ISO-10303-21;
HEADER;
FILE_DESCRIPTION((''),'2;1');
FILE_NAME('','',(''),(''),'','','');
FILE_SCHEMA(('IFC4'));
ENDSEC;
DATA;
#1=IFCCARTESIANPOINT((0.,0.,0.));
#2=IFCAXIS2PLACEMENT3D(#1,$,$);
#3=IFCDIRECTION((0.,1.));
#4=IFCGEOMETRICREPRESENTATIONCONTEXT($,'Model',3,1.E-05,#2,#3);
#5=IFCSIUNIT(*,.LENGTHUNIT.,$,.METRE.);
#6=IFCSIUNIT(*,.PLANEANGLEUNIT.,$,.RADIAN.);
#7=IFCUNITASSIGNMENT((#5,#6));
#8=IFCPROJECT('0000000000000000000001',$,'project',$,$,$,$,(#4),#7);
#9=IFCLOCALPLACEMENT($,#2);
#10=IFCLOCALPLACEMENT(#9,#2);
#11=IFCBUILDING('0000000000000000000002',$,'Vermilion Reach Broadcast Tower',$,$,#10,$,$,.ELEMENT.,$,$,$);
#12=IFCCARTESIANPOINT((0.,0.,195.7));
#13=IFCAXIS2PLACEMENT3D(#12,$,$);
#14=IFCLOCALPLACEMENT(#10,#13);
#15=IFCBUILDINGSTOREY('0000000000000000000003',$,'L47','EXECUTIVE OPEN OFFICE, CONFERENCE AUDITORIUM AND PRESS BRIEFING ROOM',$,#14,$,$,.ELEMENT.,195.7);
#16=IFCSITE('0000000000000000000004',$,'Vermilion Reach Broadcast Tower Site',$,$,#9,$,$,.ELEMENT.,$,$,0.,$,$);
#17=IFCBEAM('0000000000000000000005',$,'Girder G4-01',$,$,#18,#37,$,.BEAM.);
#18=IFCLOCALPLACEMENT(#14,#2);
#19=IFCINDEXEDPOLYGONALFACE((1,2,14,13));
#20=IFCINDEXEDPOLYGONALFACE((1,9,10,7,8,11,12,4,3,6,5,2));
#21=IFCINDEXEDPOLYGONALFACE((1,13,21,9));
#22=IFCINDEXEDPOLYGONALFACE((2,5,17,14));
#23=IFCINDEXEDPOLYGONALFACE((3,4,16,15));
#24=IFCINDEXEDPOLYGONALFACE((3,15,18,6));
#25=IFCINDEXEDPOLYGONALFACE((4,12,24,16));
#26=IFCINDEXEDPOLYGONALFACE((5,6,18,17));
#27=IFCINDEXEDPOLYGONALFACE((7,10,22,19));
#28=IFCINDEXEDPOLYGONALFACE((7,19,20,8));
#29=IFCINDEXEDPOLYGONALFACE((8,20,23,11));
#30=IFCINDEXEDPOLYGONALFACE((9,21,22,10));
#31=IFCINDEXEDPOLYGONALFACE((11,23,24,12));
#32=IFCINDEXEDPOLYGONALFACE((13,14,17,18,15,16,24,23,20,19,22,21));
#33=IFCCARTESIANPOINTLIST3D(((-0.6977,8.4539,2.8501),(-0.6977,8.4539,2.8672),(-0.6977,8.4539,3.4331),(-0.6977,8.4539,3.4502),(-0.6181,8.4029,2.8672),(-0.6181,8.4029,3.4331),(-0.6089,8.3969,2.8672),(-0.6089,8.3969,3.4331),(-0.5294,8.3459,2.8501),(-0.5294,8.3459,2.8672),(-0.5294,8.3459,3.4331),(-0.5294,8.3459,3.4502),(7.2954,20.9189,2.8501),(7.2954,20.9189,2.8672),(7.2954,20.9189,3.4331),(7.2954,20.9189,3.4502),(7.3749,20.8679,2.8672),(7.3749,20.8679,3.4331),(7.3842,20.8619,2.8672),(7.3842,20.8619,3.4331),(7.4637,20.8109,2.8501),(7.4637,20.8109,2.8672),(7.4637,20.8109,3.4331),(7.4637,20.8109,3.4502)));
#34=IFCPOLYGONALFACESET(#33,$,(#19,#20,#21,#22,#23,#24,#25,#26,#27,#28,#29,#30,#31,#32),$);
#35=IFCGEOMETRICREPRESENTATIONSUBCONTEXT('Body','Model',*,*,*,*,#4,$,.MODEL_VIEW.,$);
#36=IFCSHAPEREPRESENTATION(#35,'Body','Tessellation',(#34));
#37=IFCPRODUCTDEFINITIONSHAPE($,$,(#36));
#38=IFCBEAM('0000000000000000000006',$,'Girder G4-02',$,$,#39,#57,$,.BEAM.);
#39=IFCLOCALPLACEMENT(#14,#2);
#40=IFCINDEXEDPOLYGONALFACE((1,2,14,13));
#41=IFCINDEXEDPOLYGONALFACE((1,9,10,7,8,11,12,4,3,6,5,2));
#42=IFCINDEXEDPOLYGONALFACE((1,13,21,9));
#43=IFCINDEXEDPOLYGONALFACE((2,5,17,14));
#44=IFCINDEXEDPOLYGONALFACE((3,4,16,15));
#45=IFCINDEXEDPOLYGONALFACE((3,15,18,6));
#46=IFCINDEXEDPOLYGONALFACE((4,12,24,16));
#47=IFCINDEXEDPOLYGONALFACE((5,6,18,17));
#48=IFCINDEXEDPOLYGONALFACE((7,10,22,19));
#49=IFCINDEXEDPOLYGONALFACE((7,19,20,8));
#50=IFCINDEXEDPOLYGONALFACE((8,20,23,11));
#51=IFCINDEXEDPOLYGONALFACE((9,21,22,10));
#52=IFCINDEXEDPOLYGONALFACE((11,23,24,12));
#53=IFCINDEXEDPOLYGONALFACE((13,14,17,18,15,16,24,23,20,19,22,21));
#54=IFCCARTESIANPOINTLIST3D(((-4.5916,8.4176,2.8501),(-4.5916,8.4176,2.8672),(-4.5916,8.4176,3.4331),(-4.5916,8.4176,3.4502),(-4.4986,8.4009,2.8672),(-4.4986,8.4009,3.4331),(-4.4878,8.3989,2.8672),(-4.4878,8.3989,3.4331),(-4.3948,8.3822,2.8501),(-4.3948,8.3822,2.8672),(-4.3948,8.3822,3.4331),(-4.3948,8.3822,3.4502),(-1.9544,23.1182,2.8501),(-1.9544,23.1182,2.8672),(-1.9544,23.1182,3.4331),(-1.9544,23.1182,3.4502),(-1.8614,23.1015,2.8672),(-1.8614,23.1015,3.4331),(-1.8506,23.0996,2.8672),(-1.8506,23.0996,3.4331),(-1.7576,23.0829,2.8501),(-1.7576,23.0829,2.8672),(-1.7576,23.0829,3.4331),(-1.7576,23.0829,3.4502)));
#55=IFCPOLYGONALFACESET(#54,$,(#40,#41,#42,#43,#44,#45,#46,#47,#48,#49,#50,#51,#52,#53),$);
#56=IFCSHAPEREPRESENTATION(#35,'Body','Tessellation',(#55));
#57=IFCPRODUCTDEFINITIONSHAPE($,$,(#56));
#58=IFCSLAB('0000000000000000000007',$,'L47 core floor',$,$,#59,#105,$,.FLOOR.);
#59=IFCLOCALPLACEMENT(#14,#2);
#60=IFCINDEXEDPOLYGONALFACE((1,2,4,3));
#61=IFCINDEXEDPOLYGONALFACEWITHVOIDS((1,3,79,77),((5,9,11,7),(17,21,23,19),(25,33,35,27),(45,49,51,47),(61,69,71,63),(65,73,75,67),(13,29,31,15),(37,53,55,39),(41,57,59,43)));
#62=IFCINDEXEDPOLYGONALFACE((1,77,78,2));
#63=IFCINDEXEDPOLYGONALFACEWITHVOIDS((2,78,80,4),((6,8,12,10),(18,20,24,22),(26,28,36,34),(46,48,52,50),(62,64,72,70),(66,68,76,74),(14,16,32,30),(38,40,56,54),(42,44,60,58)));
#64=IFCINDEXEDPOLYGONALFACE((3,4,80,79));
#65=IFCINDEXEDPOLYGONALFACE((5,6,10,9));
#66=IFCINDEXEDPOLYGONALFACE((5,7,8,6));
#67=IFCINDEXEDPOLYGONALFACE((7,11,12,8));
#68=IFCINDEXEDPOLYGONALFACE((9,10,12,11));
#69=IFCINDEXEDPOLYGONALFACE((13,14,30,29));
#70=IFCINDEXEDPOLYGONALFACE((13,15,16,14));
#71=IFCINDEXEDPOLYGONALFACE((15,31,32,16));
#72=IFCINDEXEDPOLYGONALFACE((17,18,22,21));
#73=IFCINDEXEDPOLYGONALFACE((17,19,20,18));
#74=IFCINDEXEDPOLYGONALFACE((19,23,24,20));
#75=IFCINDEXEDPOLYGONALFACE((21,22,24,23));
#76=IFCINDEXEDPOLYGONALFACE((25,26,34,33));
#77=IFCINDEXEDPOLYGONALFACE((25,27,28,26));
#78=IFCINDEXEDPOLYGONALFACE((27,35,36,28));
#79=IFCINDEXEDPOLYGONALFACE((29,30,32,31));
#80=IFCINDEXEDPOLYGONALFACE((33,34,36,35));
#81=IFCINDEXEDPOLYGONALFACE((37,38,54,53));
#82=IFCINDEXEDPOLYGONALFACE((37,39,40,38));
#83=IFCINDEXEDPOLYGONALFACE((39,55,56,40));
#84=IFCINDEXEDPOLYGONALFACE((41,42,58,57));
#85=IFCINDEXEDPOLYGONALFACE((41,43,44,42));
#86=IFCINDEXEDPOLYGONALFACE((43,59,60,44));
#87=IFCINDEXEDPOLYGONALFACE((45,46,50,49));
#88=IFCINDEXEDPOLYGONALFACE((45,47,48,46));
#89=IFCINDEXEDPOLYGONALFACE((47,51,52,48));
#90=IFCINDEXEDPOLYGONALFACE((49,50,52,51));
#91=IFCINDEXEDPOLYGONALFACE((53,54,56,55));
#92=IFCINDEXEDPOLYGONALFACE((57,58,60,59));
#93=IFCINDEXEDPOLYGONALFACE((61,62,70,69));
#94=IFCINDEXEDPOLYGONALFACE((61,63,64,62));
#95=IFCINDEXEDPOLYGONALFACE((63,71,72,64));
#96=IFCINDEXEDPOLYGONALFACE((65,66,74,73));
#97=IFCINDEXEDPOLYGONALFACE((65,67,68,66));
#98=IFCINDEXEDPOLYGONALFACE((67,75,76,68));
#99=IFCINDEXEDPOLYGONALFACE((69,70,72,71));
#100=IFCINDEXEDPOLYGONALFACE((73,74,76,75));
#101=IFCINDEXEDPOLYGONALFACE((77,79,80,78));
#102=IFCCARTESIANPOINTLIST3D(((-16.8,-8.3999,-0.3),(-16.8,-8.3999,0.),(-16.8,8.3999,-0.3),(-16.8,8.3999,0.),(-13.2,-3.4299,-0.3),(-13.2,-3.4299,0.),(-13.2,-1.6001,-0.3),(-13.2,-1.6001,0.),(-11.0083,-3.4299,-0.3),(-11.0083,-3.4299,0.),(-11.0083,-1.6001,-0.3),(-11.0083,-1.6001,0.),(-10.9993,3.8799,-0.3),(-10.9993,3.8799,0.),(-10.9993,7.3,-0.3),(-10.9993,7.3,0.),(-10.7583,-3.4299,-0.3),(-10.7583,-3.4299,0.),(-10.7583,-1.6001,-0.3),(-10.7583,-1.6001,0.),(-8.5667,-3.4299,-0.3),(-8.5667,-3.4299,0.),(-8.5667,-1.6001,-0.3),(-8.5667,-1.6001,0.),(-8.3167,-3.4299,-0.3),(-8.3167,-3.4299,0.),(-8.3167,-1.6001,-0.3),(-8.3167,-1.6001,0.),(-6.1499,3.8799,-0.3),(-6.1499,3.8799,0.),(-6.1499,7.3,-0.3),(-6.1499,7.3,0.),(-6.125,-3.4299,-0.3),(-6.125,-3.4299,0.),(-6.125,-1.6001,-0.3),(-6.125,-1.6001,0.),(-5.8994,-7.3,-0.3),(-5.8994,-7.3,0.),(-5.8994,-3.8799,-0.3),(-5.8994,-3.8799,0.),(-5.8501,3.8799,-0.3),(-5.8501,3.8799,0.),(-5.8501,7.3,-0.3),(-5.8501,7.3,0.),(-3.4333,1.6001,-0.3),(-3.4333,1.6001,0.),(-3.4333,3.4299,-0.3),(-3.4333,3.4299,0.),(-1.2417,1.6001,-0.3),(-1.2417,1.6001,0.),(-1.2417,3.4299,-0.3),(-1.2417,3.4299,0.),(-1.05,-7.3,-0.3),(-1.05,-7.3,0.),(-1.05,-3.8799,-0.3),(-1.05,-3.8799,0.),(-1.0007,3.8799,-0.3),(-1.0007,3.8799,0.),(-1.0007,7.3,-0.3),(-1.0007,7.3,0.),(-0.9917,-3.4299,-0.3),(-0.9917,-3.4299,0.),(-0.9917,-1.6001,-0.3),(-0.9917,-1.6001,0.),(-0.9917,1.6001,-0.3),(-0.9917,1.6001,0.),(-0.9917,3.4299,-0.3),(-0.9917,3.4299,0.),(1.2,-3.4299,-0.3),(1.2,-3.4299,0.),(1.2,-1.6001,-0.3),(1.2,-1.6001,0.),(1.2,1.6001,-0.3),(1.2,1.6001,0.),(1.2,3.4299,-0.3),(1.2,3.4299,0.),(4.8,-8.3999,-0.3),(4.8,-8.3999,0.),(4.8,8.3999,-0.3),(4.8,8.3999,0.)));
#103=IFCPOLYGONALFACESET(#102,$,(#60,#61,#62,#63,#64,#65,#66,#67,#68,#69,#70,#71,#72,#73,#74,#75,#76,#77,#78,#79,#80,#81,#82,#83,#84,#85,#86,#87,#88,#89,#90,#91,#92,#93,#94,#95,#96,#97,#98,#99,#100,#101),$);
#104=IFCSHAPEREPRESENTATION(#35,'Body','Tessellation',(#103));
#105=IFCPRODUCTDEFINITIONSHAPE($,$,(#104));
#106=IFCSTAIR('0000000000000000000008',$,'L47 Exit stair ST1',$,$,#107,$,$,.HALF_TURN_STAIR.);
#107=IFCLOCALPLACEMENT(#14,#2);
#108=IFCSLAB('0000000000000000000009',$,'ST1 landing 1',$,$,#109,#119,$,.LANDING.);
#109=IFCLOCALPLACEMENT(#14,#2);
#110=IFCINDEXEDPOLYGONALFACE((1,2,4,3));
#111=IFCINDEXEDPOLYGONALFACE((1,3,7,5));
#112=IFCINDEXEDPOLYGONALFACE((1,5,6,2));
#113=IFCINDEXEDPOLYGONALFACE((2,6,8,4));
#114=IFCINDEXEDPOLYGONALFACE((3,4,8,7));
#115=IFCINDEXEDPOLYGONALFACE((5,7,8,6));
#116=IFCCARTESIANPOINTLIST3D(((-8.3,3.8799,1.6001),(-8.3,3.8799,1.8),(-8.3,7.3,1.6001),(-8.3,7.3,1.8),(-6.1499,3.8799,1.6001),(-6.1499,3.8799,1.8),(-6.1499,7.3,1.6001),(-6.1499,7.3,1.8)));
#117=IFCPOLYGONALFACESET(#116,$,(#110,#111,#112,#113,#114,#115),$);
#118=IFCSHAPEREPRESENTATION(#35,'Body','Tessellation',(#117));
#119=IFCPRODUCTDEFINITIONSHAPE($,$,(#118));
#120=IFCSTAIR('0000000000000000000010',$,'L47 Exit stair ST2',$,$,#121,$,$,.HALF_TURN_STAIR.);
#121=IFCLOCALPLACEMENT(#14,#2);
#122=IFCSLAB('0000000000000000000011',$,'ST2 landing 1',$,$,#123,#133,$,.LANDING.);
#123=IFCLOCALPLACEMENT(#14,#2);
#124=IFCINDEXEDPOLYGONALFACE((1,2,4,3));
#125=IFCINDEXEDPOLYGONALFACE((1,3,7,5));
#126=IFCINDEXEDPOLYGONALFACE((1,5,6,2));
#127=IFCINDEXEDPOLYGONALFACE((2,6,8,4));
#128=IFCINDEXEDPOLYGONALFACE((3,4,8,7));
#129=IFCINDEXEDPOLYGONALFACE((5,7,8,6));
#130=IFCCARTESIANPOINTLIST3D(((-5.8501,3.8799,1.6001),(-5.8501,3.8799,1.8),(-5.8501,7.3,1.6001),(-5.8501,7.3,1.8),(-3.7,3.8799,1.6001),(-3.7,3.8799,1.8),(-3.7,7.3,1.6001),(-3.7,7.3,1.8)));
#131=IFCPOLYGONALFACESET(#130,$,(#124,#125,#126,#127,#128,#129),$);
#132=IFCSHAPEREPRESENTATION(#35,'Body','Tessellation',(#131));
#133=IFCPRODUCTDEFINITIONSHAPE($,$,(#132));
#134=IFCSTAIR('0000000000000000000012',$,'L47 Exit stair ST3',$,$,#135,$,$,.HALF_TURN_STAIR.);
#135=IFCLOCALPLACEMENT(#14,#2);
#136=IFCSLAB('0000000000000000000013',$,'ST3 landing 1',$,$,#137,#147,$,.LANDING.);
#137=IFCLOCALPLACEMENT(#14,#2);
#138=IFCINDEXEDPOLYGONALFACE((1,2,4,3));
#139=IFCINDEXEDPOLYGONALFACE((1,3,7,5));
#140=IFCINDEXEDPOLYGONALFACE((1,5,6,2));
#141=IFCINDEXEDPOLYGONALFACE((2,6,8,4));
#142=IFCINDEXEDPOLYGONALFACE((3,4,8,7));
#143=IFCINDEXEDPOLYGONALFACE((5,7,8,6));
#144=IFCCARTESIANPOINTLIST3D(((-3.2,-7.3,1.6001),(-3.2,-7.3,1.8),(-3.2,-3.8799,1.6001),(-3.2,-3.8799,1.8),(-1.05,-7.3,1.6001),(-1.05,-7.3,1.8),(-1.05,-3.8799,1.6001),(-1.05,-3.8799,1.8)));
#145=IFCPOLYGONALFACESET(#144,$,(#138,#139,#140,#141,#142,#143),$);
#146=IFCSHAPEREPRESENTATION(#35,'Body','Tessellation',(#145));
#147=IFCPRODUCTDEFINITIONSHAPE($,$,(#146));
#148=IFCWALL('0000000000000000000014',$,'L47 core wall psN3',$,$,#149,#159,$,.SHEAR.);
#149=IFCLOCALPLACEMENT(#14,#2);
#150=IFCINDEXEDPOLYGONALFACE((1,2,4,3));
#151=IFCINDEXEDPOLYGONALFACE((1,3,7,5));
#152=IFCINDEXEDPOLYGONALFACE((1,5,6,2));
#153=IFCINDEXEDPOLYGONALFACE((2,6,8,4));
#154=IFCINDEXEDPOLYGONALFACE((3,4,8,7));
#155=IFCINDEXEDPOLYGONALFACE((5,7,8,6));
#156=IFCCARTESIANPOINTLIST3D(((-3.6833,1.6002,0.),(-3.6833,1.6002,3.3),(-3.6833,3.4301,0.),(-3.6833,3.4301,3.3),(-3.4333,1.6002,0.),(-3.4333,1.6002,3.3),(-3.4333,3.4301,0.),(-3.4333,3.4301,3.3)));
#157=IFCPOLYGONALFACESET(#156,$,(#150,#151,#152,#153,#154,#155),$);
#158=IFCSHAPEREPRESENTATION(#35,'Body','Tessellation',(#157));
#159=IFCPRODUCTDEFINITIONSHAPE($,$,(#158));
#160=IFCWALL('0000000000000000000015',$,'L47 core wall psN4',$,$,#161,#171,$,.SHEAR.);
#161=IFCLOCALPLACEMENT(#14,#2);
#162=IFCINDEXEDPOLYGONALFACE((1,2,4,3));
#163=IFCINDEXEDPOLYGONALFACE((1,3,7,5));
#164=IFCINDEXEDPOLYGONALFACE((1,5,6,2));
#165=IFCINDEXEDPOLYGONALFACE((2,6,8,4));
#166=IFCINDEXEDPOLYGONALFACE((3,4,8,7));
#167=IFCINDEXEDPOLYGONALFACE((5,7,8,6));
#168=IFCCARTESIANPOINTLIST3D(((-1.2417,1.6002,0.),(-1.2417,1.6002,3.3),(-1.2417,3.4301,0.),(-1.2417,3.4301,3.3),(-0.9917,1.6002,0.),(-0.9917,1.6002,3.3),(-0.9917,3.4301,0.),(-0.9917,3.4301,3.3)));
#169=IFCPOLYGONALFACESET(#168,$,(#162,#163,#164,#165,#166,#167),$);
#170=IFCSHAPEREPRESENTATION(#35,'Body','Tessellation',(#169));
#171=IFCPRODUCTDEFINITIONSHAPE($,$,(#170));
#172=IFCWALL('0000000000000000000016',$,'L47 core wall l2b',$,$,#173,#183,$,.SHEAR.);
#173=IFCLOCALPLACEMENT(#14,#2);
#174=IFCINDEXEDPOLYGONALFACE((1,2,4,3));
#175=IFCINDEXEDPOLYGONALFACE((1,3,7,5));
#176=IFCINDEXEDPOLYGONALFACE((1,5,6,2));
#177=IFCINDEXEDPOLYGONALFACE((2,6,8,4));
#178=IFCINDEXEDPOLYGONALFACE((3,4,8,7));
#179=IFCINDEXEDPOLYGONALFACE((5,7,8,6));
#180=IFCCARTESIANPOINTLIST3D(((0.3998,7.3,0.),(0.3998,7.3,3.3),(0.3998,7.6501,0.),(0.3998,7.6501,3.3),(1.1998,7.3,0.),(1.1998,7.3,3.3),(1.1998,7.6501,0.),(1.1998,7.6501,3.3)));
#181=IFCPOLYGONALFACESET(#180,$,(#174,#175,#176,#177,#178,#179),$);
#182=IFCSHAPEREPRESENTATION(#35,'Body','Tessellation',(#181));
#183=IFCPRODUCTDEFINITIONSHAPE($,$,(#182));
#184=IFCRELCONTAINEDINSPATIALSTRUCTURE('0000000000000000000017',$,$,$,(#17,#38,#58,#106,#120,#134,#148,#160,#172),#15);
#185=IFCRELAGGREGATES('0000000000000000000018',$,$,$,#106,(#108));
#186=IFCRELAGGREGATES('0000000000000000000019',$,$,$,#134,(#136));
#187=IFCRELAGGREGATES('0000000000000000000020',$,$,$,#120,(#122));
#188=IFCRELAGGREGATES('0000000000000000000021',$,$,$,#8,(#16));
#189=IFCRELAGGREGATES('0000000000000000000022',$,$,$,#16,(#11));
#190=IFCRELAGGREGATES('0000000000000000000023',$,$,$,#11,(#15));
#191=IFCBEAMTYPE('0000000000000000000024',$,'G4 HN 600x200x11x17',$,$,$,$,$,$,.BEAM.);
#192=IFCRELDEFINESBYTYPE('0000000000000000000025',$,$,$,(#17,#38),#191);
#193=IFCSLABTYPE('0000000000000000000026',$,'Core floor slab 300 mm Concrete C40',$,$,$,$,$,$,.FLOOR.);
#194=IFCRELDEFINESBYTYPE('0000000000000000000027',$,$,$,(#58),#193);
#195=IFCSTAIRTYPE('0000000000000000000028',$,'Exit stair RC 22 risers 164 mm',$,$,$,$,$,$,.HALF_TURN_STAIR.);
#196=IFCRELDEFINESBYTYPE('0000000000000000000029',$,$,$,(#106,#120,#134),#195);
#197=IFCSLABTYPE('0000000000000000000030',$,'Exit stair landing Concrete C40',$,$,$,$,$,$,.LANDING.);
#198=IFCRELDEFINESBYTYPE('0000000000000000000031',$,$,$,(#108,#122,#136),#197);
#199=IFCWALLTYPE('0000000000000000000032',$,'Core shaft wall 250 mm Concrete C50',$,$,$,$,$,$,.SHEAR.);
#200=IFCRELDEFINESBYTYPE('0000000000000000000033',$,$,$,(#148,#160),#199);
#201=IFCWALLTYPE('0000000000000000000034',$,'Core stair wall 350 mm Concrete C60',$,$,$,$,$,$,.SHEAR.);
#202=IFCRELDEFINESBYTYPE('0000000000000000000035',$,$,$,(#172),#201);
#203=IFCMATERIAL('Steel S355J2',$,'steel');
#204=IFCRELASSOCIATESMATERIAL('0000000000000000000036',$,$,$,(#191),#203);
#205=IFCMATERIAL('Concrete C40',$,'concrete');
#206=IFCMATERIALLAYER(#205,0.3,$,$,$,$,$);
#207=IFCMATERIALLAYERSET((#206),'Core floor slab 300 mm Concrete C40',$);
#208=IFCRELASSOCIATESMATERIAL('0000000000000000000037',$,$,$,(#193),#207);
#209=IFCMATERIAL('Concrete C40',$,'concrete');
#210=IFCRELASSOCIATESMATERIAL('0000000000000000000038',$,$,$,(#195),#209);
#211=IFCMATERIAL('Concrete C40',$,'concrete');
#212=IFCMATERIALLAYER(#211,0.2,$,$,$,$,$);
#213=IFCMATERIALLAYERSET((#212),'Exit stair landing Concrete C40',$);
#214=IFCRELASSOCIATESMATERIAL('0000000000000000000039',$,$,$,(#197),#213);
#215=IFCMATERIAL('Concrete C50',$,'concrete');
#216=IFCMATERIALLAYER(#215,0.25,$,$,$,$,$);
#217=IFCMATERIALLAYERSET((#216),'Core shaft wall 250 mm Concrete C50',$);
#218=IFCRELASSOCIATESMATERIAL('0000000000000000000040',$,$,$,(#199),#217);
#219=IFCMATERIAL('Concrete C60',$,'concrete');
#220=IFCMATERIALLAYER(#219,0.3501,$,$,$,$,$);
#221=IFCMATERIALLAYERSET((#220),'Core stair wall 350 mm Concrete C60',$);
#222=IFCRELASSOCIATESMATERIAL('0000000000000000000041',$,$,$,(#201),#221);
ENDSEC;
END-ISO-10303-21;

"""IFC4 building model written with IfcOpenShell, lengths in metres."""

from ifc_helpers import new_model, si_unit, direction, frame, frame_2d, origin, origin_2d, place, context, subcontext, project, spatial, polyline, rectangle, i_section, outline, extrude, material, layer, layer_set, material_profile, profile_set, type_object, element, aggregate, save


model = new_model("IFC4")

# Units and contexts
model_context = context("Model", 3, precision=1e-05, world=origin(), true_north=direction((0.0, 1.0)))
body_context = subcontext(model_context, "Body", "Model", "MODEL_VIEW")
ifc_project = project(units=[si_unit("LENGTHUNIT", "METRE"), si_unit("PLANEANGLEUNIT", "RADIAN")], contexts=[model_context])

# Site, building, storey
site_placement = place(None, origin())
site = spatial("IfcSite", under=ifc_project, at=site_placement, Name="Vermilion Reach Broadcast Tower Site", CompositionType="ELEMENT", RefElevation=0.0)
building_placement = place(site_placement, origin())
building = spatial("IfcBuilding", under=site, at=building_placement, Name="Vermilion Reach Broadcast Tower", CompositionType="ELEMENT")
storey_placement = place(building_placement, frame((0.0, 0.0, 195.7)))
storey = spatial("IfcBuildingStorey", under=building, at=storey_placement, Name="L47", Description="EXECUTIVE OPEN OFFICE, CONFERENCE AUDITORIUM AND PRESS BRIEFING ROOM", CompositionType="ELEMENT", Elevation=195.7)

# Beams
ifc_material_1 = material(Name="Steel S355J2", Category="steel")
ifc_material_profile = material_profile(ifc_material_1, i_section(OverallWidth=0.2, OverallDepth=0.6001, WebThickness=0.011, FlangeThickness=0.0171, at=origin_2d()), Name="S355J2 HN 600x200x11x17")
ifc_profile_set = profile_set([ifc_material_profile], Name="Steel S355J2")
beam_type = type_object("IfcBeamType", Name="G4 HN 600x200x11x17", PredefinedType="BEAM", material=ifc_profile_set)
beam_1_placement = place(storey_placement, frame((-0.6135, 8.3999, 3.1501), z_axis=(0.539796, 0.841796, 0.0), x_axis=(-0.841796, 0.539796, 0.0)))
element("IfcBeam", 1, at=beam_1_placement, inside=storey, type_object=beam_type, Name="Girder G4-01", PredefinedType="BEAM", context=body_context, shape_type="SweptSolid", body=[
    extrude(i_section(OverallWidth=0.2, OverallDepth=0.6001, WebThickness=0.011, FlangeThickness=0.0171, at=origin_2d()), origin(), (0.0, 0.0, 1.0), 14.8076),
])
beam_2_placement = place(storey_placement, frame((-4.4932, 8.3999, 3.1501), z_axis=(0.176575, 0.984287, 0.0), x_axis=(-0.984287, 0.176575, 0.0)))
element("IfcBeam", 2, at=beam_2_placement, inside=storey, type_object=beam_type, Name="Girder G4-02", PredefinedType="BEAM", context=body_context, shape_type="SweptSolid", body=[
    extrude(i_section(OverallWidth=0.2, OverallDepth=0.6001, WebThickness=0.011, FlangeThickness=0.0171, at=origin_2d()), origin(), (0.0, 0.0, 1.0), 14.9353),
])

# Slab
ifc_material_2 = material(Name="Concrete C40", Category="concrete")
ifc_layer_1 = layer(ifc_material_2, 0.3)
ifc_layer_set_1 = layer_set([ifc_layer_1], Name="Core floor slab 300 mm Concrete C40")
slab_type_1 = type_object("IfcSlabType", Name="Core floor slab 300 mm Concrete C40", PredefinedType="FLOOR", material=ifc_layer_set_1)
slab_1_placement = place(storey_placement, frame((0.0, 0.0, -0.3)))
element("IfcSlab", 3, at=slab_1_placement, inside=storey, type_object=slab_type_1, Name="L47 core floor", PredefinedType="FLOOR", context=body_context, shape_type="SweptSolid", body=[
    extrude(outline(polyline([(-16.8, -8.3999), (4.8, -8.3999), (4.8, 8.3999), (-16.8, 8.3999), (-16.8, -8.3999)]), holes=[polyline([(-3.4333, 1.6001), (-1.2417, 1.6001), (-1.2417, 3.4299), (-3.4333, 3.4299), (-3.4333, 1.6001)]), polyline([(-0.9917, 1.6001), (1.2, 1.6001), (1.2, 3.4299), (-0.9917, 3.4299), (-0.9917, 1.6001)]), polyline([(-13.2, -3.4299), (-11.0083, -3.4299), (-11.0083, -1.6001), (-13.2, -1.6001), (-13.2, -3.4299)]), polyline([(-10.7583, -3.4299), (-8.5667, -3.4299), (-8.5667, -1.6001), (-10.7583, -1.6001), (-10.7583, -3.4299)]), polyline([(-8.3167, -3.4299), (-6.125, -3.4299), (-6.125, -1.6001), (-8.3167, -1.6001), (-8.3167, -3.4299)]), polyline([(-0.9917, -3.4299), (1.2, -3.4299), (1.2, -1.6001), (-0.9917, -1.6001), (-0.9917, -3.4299)]), polyline([(-10.9993, 3.8799), (-6.1499, 3.8799), (-6.1499, 7.3), (-10.9993, 7.3), (-10.9993, 3.8799)]), polyline([(-1.0007, 7.3), (-5.8501, 7.3), (-5.8501, 3.8799), (-1.0007, 3.8799), (-1.0007, 7.3)]), polyline([(-5.8994, -7.3), (-1.05, -7.3), (-1.05, -3.8799), (-5.8994, -3.8799), (-5.8994, -7.3)])]), origin(), (0.0, 0.0, 1.0), 0.3),
])

# Stairs, slabs
ifc_material_3 = material(Name="Concrete C40", Category="concrete")
stair_type = type_object("IfcStairType", Name="Exit stair RC 22 risers 164 mm", PredefinedType="HALF_TURN_STAIR", material=ifc_material_3)
placement_1 = place(storey_placement, origin())
stair_1 = element("IfcStair", 4, at=placement_1, inside=storey, type_object=stair_type, Name="L47 Exit stair ST1", PredefinedType="HALF_TURN_STAIR")
ifc_material_4 = material(Name="Concrete C40", Category="concrete")
ifc_layer_2 = layer(ifc_material_4, 0.2)
ifc_layer_set_2 = layer_set([ifc_layer_2], Name="Exit stair landing Concrete C40")
slab_type_2 = type_object("IfcSlabType", Name="Exit stair landing Concrete C40", PredefinedType="LANDING", material=ifc_layer_set_2)
placement_2 = place(storey_placement, frame((0.0, 0.0, 1.6001)))
slab_2 = element("IfcSlab", 5, at=placement_2, type_object=slab_type_2, Name="ST1 landing 1", PredefinedType="LANDING", context=body_context, shape_type="SweptSolid", body=[
    extrude(outline(polyline([(-8.3, 3.8799), (-6.1499, 3.8799), (-6.1499, 7.3), (-8.3, 7.3), (-8.3, 3.8799)])), origin(), (0.0, 0.0, 1.0), 0.2),
])
aggregate(stair_1, [slab_2])
stair_2 = element("IfcStair", 6, at=placement_1, inside=storey, type_object=stair_type, Name="L47 Exit stair ST2", PredefinedType="HALF_TURN_STAIR")
slab_3 = element("IfcSlab", 7, at=placement_2, type_object=slab_type_2, Name="ST2 landing 1", PredefinedType="LANDING", context=body_context, shape_type="SweptSolid", body=[
    extrude(outline(polyline([(-3.7, 7.3), (-5.8501, 7.3), (-5.8501, 3.8799), (-3.7, 3.8799), (-3.7, 7.3)])), origin(), (0.0, 0.0, 1.0), 0.2),
])
stair_3 = element("IfcStair", 8, at=placement_1, inside=storey, type_object=stair_type, Name="L47 Exit stair ST3", PredefinedType="HALF_TURN_STAIR")
slab_4 = element("IfcSlab", 9, at=placement_2, type_object=slab_type_2, Name="ST3 landing 1", PredefinedType="LANDING", context=body_context, shape_type="SweptSolid", body=[
    extrude(outline(polyline([(-3.2, -7.3), (-1.05, -7.3), (-1.05, -3.8799), (-3.2, -3.8799), (-3.2, -7.3)])), origin(), (0.0, 0.0, 1.0), 0.2),
])
aggregate(stair_3, [slab_4])

# Walls
ifc_material_5 = material(Name="Concrete C50", Category="concrete")
ifc_layer_3 = layer(ifc_material_5, 0.25)
ifc_layer_set_3 = layer_set([ifc_layer_3], Name="Core shaft wall 250 mm Concrete C50")
wall_type_1 = type_object("IfcWallType", Name="Core shaft wall 250 mm Concrete C50", PredefinedType="SHEAR", material=ifc_layer_set_3)
for number, where, z_axis, x_axis, name in (
    (10, (-3.5583, 1.6001, 0.0), (0.0, 0.0, 1.0), (0.0, 1.0, 0.0), "L47 core wall psN3"),
    (11, (-1.1167, 1.6001, 0.0), (0.0, 0.0, 1.0), (0.0, 1.0, 0.0), "L47 core wall psN4"),
):
    element("IfcWall", number, at=place(storey_placement, frame(where, z_axis=z_axis, x_axis=x_axis)), inside=storey, type_object=wall_type_1, Name=name, PredefinedType="SHEAR", context=body_context, shape_type="SweptSolid", body=[
        extrude(rectangle(XDim=1.8298, YDim=0.25, at=frame_2d((0.915, 0.0))), origin(), (0.0, 0.0, 1.0), 3.3),
    ])
ifc_material_6 = material(Name="Concrete C60", Category="concrete")
ifc_layer_4 = layer(ifc_material_6, 0.3501)
ifc_layer_set_4 = layer_set([ifc_layer_4], Name="Core stair wall 350 mm Concrete C60")
wall_type_2 = type_object("IfcWallType", Name="Core stair wall 350 mm Concrete C60", PredefinedType="SHEAR", material=ifc_layer_set_4)
wall_placement = place(storey_placement, frame((0.3999, 7.4751, 0.0), z_axis=(0.0, 0.0, 1.0), x_axis=(1.0, 0.0, 0.0)))
element("IfcWall", 12, at=wall_placement, inside=storey, type_object=wall_type_2, Name="L47 core wall l2b", PredefinedType="SHEAR", context=body_context, shape_type="SweptSolid", body=[
    extrude(rectangle(XDim=0.8, YDim=0.3501, at=frame_2d((0.3999, 0.0))), origin(), (0.0, 0.0, 1.0), 3.3),
])

aggregate(stair_2, [slab_3])

save(model, "model.ifc")
